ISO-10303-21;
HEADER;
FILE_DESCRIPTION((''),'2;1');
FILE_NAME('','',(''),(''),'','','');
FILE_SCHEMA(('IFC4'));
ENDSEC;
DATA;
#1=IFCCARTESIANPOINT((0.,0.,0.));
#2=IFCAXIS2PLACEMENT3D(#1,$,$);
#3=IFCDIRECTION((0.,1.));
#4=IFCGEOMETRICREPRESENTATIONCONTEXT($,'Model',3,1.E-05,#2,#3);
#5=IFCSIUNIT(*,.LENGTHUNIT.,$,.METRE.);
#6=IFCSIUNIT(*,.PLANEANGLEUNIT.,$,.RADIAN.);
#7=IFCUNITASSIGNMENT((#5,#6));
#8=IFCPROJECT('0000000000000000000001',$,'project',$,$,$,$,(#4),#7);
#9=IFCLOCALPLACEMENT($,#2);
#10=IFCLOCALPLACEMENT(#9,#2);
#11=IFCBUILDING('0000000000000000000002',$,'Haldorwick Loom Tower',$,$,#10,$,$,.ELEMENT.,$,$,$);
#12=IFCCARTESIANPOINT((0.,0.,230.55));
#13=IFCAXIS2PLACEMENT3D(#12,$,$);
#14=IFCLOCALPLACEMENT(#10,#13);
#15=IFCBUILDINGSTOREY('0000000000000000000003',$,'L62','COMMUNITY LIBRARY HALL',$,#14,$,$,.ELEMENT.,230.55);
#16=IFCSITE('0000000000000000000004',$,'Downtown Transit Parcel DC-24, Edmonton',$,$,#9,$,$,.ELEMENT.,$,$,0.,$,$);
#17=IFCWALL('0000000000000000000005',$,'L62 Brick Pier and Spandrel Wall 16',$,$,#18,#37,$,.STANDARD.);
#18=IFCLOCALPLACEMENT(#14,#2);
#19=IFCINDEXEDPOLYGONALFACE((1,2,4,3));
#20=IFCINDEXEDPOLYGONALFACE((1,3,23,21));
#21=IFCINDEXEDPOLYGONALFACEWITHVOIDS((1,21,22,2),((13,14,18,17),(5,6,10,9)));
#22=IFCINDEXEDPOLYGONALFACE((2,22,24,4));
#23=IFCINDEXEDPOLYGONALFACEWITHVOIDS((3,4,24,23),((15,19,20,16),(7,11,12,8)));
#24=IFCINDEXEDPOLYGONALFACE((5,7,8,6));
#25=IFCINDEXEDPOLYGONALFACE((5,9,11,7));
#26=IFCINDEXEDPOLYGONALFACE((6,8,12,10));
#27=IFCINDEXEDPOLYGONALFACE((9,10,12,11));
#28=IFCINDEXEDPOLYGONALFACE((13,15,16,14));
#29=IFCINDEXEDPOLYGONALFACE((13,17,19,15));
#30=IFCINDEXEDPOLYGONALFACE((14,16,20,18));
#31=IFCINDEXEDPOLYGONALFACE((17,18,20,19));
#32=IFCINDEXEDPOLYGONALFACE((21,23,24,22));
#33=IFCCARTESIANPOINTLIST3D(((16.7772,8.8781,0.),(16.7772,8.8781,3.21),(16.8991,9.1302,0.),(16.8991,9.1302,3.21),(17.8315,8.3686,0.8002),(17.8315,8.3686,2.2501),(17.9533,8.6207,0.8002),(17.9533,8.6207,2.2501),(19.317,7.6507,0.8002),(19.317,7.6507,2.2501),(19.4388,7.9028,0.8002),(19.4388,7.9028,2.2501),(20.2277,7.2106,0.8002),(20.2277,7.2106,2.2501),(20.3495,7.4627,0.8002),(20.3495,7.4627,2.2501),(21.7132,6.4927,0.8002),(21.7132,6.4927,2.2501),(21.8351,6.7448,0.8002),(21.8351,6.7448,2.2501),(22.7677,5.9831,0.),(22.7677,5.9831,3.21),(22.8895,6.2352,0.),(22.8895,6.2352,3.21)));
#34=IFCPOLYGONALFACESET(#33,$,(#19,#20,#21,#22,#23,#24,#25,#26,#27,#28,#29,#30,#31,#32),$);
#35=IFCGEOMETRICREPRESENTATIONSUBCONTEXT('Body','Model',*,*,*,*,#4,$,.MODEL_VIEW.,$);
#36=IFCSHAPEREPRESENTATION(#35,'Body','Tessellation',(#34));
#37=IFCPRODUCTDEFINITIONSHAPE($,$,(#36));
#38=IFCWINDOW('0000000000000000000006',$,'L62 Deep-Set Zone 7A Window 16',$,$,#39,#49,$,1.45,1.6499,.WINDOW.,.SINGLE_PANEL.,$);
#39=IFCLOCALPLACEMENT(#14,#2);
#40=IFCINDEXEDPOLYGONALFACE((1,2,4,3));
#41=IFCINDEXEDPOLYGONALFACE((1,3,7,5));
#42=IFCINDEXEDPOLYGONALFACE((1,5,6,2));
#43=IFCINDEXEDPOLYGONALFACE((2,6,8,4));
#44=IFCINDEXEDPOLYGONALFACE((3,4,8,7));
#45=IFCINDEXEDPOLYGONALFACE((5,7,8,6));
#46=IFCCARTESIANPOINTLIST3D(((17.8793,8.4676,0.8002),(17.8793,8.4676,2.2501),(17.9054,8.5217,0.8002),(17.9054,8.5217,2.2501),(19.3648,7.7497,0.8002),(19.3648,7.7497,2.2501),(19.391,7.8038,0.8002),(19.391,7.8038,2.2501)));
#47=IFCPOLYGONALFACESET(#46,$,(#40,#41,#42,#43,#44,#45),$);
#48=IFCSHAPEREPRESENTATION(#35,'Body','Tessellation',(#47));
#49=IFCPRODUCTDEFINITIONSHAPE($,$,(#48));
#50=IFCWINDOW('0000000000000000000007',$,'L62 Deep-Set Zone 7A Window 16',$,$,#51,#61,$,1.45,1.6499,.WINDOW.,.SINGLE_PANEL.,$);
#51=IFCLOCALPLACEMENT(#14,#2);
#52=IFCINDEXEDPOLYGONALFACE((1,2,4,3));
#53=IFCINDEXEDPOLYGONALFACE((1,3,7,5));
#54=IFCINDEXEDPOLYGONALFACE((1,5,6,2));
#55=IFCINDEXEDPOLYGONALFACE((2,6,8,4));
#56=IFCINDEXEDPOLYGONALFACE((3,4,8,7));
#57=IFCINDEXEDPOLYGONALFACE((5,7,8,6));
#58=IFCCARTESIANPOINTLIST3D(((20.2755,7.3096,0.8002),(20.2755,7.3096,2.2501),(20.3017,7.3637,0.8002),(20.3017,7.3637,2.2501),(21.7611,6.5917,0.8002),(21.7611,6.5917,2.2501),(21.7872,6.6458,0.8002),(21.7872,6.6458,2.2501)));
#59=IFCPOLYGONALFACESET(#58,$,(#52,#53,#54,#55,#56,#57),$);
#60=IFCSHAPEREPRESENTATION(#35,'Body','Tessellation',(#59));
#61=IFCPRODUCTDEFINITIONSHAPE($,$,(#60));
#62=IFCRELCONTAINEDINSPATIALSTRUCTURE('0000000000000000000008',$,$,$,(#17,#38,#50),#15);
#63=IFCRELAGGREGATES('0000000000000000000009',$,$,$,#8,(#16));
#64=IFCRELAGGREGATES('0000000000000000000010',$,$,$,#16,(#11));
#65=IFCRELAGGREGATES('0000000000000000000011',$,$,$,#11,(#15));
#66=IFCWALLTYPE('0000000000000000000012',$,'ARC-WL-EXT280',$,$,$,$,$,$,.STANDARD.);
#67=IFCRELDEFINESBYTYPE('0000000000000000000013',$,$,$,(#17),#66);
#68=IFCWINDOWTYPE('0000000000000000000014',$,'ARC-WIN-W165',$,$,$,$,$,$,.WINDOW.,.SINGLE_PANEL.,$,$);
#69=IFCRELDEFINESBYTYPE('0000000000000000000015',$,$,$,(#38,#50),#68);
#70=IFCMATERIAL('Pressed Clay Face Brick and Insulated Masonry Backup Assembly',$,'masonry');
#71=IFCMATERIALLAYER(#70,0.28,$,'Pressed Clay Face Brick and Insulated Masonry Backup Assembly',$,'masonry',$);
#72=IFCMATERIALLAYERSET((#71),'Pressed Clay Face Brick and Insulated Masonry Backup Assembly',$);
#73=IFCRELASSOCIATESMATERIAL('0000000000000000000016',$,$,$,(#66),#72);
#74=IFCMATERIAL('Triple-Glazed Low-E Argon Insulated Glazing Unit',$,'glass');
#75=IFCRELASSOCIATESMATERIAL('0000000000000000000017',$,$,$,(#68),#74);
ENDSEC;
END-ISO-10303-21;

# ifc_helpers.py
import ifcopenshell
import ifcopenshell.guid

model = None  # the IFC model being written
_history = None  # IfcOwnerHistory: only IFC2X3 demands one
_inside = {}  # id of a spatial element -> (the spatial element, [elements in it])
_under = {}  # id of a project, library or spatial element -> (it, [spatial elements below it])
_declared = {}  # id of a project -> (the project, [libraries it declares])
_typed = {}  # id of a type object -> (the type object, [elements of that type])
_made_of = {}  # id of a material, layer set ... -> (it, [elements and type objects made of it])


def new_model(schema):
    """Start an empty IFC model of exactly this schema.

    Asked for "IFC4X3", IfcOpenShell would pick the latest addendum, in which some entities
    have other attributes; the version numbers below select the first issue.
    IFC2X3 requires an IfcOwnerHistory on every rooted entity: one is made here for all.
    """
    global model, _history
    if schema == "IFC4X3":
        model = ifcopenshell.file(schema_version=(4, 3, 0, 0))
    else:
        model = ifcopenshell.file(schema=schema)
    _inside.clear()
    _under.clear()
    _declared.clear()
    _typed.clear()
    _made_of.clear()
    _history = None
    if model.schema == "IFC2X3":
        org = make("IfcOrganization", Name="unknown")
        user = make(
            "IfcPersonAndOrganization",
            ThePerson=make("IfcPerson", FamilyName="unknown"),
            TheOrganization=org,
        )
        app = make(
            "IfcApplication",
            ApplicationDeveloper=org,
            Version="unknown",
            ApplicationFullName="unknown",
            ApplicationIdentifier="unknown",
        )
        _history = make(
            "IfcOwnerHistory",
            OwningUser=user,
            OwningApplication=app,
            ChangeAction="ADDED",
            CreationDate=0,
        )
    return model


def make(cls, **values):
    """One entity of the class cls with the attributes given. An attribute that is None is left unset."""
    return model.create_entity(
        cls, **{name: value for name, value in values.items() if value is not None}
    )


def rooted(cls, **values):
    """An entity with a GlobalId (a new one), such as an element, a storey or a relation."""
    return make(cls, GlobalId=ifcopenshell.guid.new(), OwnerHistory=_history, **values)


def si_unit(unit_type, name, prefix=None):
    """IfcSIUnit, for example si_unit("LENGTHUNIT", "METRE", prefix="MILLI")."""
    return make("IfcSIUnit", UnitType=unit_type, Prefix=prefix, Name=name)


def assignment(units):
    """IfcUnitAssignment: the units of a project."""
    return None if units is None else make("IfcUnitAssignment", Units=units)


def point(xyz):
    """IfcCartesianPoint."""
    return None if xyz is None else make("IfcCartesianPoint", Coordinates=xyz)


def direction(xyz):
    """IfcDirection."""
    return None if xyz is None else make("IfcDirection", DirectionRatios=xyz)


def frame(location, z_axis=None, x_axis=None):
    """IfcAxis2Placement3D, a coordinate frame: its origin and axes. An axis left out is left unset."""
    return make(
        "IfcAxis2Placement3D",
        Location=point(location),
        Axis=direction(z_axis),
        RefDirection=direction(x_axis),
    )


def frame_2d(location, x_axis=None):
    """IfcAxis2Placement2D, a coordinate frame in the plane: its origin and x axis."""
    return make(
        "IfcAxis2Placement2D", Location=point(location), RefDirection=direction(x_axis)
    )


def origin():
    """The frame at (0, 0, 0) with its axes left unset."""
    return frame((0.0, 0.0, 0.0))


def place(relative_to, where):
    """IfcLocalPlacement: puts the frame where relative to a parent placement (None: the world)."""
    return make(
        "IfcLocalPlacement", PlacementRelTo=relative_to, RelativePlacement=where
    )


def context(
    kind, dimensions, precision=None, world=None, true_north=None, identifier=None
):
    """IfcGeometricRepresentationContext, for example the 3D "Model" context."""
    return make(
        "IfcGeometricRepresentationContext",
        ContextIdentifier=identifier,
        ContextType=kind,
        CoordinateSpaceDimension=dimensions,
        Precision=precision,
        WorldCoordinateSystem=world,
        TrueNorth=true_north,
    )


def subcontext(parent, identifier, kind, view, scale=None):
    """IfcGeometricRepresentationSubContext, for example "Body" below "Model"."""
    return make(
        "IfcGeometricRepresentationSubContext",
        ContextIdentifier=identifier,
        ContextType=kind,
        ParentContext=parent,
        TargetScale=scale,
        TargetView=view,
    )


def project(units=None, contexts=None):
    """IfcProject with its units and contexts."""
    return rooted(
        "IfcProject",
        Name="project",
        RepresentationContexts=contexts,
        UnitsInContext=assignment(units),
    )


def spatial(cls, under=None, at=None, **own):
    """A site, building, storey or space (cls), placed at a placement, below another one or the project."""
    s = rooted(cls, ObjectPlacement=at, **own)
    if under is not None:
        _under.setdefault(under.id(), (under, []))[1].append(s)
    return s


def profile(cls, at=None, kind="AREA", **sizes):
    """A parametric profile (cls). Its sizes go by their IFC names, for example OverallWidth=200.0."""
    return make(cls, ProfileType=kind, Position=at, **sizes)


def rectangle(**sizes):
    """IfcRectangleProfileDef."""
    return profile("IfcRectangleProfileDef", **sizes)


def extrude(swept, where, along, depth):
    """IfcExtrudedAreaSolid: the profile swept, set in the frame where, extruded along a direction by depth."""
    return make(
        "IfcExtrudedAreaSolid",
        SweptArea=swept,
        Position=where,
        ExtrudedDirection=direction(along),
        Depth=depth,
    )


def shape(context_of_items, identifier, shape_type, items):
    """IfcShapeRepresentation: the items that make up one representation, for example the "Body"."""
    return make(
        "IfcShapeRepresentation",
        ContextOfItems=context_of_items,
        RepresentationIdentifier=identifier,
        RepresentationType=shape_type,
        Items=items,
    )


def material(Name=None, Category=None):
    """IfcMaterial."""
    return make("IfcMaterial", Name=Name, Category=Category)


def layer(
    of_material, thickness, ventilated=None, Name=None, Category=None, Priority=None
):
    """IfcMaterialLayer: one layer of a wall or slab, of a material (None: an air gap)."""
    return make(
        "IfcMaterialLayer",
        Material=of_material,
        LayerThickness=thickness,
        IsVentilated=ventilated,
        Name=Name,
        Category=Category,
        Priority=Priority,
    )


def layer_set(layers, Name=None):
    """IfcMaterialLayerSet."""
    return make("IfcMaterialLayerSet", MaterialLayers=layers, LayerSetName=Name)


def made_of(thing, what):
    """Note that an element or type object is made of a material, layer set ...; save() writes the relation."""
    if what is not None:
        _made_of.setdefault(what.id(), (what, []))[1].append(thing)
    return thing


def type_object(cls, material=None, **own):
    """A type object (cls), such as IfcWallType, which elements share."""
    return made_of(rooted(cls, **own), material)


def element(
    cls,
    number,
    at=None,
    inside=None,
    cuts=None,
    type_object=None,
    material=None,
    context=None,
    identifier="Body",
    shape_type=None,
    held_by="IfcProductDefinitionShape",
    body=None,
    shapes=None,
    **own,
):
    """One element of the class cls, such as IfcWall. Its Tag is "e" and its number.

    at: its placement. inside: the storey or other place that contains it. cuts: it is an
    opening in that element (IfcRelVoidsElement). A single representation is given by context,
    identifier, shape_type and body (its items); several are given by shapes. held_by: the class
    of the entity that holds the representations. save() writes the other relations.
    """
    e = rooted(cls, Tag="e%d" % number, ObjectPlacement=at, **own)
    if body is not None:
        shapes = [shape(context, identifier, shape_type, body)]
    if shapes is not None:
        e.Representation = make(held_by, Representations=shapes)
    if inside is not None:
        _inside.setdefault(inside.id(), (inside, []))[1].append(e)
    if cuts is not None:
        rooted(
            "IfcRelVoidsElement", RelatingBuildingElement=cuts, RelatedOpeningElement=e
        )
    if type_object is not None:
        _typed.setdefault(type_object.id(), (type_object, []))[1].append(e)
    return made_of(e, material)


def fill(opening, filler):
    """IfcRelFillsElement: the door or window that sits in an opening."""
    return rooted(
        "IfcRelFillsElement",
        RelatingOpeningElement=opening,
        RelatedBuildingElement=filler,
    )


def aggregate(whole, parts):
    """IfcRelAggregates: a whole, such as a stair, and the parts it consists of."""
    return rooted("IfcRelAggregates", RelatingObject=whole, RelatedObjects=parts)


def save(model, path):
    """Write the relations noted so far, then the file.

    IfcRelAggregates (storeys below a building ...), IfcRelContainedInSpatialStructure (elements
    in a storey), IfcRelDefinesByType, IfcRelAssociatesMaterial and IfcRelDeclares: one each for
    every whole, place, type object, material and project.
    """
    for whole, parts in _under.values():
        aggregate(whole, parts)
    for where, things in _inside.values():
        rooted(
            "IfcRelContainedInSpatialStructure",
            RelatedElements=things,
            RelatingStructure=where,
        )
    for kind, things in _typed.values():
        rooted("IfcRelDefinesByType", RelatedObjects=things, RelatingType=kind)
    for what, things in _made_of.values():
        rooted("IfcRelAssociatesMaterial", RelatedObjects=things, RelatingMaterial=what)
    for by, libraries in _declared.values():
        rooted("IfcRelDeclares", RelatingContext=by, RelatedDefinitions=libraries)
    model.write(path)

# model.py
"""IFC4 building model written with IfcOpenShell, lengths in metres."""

from ifc_helpers import new_model, si_unit, direction, frame, frame_2d, origin, place, context, subcontext, project, spatial, rectangle, extrude, material, layer, layer_set, type_object, element, fill, save


model = new_model("IFC4")

# Units and contexts
model_context = context("Model", 3, precision=1e-05, world=origin(), true_north=direction((0.0, 1.0)))
body_context = subcontext(model_context, "Body", "Model", "MODEL_VIEW")
ifc_project = project(units=[si_unit("LENGTHUNIT", "METRE"), si_unit("PLANEANGLEUNIT", "RADIAN")], contexts=[model_context])

# Site, building, storey
site_placement = place(None, origin())
site = spatial("IfcSite", under=ifc_project, at=site_placement, Name="Downtown Transit Parcel DC-24, Edmonton", CompositionType="ELEMENT", RefElevation=0.0)
building_placement = place(site_placement, origin())
building = spatial("IfcBuilding", under=site, at=building_placement, Name="Haldorwick Loom Tower", CompositionType="ELEMENT")
storey_placement = place(building_placement, frame((0.0, 0.0, 230.55)))
storey = spatial("IfcBuildingStorey", under=building, at=storey_placement, Name="L62", Description="COMMUNITY LIBRARY HALL", CompositionType="ELEMENT", Elevation=230.55)

# Shared definitions
ifc_material_1 = material(Name="Pressed Clay Face Brick and Insulated Masonry Backup Assembly", Category="masonry")
ifc_layer_1 = layer(ifc_material_1, 0.28, Name="Pressed Clay Face Brick and Insulated Masonry Backup Assembly", Category="masonry")
ifc_layer_set_1 = layer_set([ifc_layer_1], Name="Pressed Clay Face Brick and Insulated Masonry Backup Assembly")
wall_type = type_object("IfcWallType", Name="ARC-WL-EXT280", PredefinedType="STANDARD", material=ifc_layer_set_1)

# Wall, openings, windows
wall_1_placement = place(storey_placement, frame((16.8381, 9.0042, 0.0), z_axis=(0.0, 0.0, 1.0), x_axis=(0.900371, -0.435123, 0.0)))
wall_1 = element("IfcWall", 1, at=wall_1_placement, inside=storey, type_object=wall_type, Name="L62 Brick Pier and Spandrel Wall 16", PredefinedType="STANDARD", context=body_context, shape_type="SweptSolid", body=[
    extrude(rectangle(XDim=6.6533, YDim=0.28, at=frame_2d((3.3267, 0.0))), origin(), (0.0, 0.0, 1.0), 3.21),
])
opening_1_placement = place(wall_1_placement, frame((1.1709, 0.0, 0.8)))
opening_1 = element("IfcOpeningElement", 2, at=opening_1_placement, cuts=wall_1, PredefinedType="OPENING", context=body_context, shape_type="SweptSolid", body=[
    extrude(rectangle(XDim=1.6499, YDim=1.45, at=frame_2d((0.825, 0.7251))), frame((0.0, 0.1499, 0.0), z_axis=(0.0, -1.0, 0.0), x_axis=(1.0, 0.0, 0.0)), (0.0, 0.0, 1.0), 0.3),
])
opening_2_placement = place(wall_1_placement, frame((3.8323, 0.0, 0.8)))
opening_2 = element("IfcOpeningElement", 3, at=opening_2_placement, cuts=wall_1, PredefinedType="OPENING", context=body_context, shape_type="SweptSolid", body=[
    extrude(rectangle(XDim=1.6499, YDim=1.45, at=frame_2d((0.825, 0.7251))), frame((0.0, 0.1499, 0.0), z_axis=(0.0, -1.0, 0.0), x_axis=(1.0, 0.0, 0.0)), (0.0, 0.0, 1.0), 0.3),
])
ifc_material_2 = material(Name="Triple-Glazed Low-E Argon Insulated Glazing Unit", Category="glass")
window_type = type_object("IfcWindowType", Name="ARC-WIN-W165", PartitioningType="SINGLE_PANEL", PredefinedType="WINDOW", material=ifc_material_2)
window_1_placement = place(opening_1_placement, origin())
window_1 = element("IfcWindow", 4, at=window_1_placement, inside=storey, type_object=window_type, Name="L62 Deep-Set Zone 7A Window 16", OverallHeight=1.45, OverallWidth=1.6499, PartitioningType="SINGLE_PANEL", PredefinedType="WINDOW", context=body_context, shape_type="SweptSolid", body=[
    extrude(rectangle(XDim=1.6499, YDim=1.45, at=frame_2d((0.825, 0.7251))), frame((0.0, 0.03, 0.0), z_axis=(0.0, -1.0, 0.0), x_axis=(1.0, 0.0, 0.0)), (0.0, 0.0, 1.0), 0.0601),
])
fill(opening_1, window_1)
window_2_placement = place(opening_2_placement, origin())
window_2 = element("IfcWindow", 5, at=window_2_placement, inside=storey, type_object=window_type, Name="L62 Deep-Set Zone 7A Window 16", OverallHeight=1.45, OverallWidth=1.6499, PartitioningType="SINGLE_PANEL", PredefinedType="WINDOW", context=body_context, shape_type="SweptSolid", body=[
    extrude(rectangle(XDim=1.6499, YDim=1.45, at=frame_2d((0.825, 0.7251))), frame((0.0, 0.03, 0.0), z_axis=(0.0, -1.0, 0.0), x_axis=(1.0, 0.0, 0.0)), (0.0, 0.0, 1.0), 0.0601),
])
fill(opening_2, window_2)

save(model, "model.ifc")
